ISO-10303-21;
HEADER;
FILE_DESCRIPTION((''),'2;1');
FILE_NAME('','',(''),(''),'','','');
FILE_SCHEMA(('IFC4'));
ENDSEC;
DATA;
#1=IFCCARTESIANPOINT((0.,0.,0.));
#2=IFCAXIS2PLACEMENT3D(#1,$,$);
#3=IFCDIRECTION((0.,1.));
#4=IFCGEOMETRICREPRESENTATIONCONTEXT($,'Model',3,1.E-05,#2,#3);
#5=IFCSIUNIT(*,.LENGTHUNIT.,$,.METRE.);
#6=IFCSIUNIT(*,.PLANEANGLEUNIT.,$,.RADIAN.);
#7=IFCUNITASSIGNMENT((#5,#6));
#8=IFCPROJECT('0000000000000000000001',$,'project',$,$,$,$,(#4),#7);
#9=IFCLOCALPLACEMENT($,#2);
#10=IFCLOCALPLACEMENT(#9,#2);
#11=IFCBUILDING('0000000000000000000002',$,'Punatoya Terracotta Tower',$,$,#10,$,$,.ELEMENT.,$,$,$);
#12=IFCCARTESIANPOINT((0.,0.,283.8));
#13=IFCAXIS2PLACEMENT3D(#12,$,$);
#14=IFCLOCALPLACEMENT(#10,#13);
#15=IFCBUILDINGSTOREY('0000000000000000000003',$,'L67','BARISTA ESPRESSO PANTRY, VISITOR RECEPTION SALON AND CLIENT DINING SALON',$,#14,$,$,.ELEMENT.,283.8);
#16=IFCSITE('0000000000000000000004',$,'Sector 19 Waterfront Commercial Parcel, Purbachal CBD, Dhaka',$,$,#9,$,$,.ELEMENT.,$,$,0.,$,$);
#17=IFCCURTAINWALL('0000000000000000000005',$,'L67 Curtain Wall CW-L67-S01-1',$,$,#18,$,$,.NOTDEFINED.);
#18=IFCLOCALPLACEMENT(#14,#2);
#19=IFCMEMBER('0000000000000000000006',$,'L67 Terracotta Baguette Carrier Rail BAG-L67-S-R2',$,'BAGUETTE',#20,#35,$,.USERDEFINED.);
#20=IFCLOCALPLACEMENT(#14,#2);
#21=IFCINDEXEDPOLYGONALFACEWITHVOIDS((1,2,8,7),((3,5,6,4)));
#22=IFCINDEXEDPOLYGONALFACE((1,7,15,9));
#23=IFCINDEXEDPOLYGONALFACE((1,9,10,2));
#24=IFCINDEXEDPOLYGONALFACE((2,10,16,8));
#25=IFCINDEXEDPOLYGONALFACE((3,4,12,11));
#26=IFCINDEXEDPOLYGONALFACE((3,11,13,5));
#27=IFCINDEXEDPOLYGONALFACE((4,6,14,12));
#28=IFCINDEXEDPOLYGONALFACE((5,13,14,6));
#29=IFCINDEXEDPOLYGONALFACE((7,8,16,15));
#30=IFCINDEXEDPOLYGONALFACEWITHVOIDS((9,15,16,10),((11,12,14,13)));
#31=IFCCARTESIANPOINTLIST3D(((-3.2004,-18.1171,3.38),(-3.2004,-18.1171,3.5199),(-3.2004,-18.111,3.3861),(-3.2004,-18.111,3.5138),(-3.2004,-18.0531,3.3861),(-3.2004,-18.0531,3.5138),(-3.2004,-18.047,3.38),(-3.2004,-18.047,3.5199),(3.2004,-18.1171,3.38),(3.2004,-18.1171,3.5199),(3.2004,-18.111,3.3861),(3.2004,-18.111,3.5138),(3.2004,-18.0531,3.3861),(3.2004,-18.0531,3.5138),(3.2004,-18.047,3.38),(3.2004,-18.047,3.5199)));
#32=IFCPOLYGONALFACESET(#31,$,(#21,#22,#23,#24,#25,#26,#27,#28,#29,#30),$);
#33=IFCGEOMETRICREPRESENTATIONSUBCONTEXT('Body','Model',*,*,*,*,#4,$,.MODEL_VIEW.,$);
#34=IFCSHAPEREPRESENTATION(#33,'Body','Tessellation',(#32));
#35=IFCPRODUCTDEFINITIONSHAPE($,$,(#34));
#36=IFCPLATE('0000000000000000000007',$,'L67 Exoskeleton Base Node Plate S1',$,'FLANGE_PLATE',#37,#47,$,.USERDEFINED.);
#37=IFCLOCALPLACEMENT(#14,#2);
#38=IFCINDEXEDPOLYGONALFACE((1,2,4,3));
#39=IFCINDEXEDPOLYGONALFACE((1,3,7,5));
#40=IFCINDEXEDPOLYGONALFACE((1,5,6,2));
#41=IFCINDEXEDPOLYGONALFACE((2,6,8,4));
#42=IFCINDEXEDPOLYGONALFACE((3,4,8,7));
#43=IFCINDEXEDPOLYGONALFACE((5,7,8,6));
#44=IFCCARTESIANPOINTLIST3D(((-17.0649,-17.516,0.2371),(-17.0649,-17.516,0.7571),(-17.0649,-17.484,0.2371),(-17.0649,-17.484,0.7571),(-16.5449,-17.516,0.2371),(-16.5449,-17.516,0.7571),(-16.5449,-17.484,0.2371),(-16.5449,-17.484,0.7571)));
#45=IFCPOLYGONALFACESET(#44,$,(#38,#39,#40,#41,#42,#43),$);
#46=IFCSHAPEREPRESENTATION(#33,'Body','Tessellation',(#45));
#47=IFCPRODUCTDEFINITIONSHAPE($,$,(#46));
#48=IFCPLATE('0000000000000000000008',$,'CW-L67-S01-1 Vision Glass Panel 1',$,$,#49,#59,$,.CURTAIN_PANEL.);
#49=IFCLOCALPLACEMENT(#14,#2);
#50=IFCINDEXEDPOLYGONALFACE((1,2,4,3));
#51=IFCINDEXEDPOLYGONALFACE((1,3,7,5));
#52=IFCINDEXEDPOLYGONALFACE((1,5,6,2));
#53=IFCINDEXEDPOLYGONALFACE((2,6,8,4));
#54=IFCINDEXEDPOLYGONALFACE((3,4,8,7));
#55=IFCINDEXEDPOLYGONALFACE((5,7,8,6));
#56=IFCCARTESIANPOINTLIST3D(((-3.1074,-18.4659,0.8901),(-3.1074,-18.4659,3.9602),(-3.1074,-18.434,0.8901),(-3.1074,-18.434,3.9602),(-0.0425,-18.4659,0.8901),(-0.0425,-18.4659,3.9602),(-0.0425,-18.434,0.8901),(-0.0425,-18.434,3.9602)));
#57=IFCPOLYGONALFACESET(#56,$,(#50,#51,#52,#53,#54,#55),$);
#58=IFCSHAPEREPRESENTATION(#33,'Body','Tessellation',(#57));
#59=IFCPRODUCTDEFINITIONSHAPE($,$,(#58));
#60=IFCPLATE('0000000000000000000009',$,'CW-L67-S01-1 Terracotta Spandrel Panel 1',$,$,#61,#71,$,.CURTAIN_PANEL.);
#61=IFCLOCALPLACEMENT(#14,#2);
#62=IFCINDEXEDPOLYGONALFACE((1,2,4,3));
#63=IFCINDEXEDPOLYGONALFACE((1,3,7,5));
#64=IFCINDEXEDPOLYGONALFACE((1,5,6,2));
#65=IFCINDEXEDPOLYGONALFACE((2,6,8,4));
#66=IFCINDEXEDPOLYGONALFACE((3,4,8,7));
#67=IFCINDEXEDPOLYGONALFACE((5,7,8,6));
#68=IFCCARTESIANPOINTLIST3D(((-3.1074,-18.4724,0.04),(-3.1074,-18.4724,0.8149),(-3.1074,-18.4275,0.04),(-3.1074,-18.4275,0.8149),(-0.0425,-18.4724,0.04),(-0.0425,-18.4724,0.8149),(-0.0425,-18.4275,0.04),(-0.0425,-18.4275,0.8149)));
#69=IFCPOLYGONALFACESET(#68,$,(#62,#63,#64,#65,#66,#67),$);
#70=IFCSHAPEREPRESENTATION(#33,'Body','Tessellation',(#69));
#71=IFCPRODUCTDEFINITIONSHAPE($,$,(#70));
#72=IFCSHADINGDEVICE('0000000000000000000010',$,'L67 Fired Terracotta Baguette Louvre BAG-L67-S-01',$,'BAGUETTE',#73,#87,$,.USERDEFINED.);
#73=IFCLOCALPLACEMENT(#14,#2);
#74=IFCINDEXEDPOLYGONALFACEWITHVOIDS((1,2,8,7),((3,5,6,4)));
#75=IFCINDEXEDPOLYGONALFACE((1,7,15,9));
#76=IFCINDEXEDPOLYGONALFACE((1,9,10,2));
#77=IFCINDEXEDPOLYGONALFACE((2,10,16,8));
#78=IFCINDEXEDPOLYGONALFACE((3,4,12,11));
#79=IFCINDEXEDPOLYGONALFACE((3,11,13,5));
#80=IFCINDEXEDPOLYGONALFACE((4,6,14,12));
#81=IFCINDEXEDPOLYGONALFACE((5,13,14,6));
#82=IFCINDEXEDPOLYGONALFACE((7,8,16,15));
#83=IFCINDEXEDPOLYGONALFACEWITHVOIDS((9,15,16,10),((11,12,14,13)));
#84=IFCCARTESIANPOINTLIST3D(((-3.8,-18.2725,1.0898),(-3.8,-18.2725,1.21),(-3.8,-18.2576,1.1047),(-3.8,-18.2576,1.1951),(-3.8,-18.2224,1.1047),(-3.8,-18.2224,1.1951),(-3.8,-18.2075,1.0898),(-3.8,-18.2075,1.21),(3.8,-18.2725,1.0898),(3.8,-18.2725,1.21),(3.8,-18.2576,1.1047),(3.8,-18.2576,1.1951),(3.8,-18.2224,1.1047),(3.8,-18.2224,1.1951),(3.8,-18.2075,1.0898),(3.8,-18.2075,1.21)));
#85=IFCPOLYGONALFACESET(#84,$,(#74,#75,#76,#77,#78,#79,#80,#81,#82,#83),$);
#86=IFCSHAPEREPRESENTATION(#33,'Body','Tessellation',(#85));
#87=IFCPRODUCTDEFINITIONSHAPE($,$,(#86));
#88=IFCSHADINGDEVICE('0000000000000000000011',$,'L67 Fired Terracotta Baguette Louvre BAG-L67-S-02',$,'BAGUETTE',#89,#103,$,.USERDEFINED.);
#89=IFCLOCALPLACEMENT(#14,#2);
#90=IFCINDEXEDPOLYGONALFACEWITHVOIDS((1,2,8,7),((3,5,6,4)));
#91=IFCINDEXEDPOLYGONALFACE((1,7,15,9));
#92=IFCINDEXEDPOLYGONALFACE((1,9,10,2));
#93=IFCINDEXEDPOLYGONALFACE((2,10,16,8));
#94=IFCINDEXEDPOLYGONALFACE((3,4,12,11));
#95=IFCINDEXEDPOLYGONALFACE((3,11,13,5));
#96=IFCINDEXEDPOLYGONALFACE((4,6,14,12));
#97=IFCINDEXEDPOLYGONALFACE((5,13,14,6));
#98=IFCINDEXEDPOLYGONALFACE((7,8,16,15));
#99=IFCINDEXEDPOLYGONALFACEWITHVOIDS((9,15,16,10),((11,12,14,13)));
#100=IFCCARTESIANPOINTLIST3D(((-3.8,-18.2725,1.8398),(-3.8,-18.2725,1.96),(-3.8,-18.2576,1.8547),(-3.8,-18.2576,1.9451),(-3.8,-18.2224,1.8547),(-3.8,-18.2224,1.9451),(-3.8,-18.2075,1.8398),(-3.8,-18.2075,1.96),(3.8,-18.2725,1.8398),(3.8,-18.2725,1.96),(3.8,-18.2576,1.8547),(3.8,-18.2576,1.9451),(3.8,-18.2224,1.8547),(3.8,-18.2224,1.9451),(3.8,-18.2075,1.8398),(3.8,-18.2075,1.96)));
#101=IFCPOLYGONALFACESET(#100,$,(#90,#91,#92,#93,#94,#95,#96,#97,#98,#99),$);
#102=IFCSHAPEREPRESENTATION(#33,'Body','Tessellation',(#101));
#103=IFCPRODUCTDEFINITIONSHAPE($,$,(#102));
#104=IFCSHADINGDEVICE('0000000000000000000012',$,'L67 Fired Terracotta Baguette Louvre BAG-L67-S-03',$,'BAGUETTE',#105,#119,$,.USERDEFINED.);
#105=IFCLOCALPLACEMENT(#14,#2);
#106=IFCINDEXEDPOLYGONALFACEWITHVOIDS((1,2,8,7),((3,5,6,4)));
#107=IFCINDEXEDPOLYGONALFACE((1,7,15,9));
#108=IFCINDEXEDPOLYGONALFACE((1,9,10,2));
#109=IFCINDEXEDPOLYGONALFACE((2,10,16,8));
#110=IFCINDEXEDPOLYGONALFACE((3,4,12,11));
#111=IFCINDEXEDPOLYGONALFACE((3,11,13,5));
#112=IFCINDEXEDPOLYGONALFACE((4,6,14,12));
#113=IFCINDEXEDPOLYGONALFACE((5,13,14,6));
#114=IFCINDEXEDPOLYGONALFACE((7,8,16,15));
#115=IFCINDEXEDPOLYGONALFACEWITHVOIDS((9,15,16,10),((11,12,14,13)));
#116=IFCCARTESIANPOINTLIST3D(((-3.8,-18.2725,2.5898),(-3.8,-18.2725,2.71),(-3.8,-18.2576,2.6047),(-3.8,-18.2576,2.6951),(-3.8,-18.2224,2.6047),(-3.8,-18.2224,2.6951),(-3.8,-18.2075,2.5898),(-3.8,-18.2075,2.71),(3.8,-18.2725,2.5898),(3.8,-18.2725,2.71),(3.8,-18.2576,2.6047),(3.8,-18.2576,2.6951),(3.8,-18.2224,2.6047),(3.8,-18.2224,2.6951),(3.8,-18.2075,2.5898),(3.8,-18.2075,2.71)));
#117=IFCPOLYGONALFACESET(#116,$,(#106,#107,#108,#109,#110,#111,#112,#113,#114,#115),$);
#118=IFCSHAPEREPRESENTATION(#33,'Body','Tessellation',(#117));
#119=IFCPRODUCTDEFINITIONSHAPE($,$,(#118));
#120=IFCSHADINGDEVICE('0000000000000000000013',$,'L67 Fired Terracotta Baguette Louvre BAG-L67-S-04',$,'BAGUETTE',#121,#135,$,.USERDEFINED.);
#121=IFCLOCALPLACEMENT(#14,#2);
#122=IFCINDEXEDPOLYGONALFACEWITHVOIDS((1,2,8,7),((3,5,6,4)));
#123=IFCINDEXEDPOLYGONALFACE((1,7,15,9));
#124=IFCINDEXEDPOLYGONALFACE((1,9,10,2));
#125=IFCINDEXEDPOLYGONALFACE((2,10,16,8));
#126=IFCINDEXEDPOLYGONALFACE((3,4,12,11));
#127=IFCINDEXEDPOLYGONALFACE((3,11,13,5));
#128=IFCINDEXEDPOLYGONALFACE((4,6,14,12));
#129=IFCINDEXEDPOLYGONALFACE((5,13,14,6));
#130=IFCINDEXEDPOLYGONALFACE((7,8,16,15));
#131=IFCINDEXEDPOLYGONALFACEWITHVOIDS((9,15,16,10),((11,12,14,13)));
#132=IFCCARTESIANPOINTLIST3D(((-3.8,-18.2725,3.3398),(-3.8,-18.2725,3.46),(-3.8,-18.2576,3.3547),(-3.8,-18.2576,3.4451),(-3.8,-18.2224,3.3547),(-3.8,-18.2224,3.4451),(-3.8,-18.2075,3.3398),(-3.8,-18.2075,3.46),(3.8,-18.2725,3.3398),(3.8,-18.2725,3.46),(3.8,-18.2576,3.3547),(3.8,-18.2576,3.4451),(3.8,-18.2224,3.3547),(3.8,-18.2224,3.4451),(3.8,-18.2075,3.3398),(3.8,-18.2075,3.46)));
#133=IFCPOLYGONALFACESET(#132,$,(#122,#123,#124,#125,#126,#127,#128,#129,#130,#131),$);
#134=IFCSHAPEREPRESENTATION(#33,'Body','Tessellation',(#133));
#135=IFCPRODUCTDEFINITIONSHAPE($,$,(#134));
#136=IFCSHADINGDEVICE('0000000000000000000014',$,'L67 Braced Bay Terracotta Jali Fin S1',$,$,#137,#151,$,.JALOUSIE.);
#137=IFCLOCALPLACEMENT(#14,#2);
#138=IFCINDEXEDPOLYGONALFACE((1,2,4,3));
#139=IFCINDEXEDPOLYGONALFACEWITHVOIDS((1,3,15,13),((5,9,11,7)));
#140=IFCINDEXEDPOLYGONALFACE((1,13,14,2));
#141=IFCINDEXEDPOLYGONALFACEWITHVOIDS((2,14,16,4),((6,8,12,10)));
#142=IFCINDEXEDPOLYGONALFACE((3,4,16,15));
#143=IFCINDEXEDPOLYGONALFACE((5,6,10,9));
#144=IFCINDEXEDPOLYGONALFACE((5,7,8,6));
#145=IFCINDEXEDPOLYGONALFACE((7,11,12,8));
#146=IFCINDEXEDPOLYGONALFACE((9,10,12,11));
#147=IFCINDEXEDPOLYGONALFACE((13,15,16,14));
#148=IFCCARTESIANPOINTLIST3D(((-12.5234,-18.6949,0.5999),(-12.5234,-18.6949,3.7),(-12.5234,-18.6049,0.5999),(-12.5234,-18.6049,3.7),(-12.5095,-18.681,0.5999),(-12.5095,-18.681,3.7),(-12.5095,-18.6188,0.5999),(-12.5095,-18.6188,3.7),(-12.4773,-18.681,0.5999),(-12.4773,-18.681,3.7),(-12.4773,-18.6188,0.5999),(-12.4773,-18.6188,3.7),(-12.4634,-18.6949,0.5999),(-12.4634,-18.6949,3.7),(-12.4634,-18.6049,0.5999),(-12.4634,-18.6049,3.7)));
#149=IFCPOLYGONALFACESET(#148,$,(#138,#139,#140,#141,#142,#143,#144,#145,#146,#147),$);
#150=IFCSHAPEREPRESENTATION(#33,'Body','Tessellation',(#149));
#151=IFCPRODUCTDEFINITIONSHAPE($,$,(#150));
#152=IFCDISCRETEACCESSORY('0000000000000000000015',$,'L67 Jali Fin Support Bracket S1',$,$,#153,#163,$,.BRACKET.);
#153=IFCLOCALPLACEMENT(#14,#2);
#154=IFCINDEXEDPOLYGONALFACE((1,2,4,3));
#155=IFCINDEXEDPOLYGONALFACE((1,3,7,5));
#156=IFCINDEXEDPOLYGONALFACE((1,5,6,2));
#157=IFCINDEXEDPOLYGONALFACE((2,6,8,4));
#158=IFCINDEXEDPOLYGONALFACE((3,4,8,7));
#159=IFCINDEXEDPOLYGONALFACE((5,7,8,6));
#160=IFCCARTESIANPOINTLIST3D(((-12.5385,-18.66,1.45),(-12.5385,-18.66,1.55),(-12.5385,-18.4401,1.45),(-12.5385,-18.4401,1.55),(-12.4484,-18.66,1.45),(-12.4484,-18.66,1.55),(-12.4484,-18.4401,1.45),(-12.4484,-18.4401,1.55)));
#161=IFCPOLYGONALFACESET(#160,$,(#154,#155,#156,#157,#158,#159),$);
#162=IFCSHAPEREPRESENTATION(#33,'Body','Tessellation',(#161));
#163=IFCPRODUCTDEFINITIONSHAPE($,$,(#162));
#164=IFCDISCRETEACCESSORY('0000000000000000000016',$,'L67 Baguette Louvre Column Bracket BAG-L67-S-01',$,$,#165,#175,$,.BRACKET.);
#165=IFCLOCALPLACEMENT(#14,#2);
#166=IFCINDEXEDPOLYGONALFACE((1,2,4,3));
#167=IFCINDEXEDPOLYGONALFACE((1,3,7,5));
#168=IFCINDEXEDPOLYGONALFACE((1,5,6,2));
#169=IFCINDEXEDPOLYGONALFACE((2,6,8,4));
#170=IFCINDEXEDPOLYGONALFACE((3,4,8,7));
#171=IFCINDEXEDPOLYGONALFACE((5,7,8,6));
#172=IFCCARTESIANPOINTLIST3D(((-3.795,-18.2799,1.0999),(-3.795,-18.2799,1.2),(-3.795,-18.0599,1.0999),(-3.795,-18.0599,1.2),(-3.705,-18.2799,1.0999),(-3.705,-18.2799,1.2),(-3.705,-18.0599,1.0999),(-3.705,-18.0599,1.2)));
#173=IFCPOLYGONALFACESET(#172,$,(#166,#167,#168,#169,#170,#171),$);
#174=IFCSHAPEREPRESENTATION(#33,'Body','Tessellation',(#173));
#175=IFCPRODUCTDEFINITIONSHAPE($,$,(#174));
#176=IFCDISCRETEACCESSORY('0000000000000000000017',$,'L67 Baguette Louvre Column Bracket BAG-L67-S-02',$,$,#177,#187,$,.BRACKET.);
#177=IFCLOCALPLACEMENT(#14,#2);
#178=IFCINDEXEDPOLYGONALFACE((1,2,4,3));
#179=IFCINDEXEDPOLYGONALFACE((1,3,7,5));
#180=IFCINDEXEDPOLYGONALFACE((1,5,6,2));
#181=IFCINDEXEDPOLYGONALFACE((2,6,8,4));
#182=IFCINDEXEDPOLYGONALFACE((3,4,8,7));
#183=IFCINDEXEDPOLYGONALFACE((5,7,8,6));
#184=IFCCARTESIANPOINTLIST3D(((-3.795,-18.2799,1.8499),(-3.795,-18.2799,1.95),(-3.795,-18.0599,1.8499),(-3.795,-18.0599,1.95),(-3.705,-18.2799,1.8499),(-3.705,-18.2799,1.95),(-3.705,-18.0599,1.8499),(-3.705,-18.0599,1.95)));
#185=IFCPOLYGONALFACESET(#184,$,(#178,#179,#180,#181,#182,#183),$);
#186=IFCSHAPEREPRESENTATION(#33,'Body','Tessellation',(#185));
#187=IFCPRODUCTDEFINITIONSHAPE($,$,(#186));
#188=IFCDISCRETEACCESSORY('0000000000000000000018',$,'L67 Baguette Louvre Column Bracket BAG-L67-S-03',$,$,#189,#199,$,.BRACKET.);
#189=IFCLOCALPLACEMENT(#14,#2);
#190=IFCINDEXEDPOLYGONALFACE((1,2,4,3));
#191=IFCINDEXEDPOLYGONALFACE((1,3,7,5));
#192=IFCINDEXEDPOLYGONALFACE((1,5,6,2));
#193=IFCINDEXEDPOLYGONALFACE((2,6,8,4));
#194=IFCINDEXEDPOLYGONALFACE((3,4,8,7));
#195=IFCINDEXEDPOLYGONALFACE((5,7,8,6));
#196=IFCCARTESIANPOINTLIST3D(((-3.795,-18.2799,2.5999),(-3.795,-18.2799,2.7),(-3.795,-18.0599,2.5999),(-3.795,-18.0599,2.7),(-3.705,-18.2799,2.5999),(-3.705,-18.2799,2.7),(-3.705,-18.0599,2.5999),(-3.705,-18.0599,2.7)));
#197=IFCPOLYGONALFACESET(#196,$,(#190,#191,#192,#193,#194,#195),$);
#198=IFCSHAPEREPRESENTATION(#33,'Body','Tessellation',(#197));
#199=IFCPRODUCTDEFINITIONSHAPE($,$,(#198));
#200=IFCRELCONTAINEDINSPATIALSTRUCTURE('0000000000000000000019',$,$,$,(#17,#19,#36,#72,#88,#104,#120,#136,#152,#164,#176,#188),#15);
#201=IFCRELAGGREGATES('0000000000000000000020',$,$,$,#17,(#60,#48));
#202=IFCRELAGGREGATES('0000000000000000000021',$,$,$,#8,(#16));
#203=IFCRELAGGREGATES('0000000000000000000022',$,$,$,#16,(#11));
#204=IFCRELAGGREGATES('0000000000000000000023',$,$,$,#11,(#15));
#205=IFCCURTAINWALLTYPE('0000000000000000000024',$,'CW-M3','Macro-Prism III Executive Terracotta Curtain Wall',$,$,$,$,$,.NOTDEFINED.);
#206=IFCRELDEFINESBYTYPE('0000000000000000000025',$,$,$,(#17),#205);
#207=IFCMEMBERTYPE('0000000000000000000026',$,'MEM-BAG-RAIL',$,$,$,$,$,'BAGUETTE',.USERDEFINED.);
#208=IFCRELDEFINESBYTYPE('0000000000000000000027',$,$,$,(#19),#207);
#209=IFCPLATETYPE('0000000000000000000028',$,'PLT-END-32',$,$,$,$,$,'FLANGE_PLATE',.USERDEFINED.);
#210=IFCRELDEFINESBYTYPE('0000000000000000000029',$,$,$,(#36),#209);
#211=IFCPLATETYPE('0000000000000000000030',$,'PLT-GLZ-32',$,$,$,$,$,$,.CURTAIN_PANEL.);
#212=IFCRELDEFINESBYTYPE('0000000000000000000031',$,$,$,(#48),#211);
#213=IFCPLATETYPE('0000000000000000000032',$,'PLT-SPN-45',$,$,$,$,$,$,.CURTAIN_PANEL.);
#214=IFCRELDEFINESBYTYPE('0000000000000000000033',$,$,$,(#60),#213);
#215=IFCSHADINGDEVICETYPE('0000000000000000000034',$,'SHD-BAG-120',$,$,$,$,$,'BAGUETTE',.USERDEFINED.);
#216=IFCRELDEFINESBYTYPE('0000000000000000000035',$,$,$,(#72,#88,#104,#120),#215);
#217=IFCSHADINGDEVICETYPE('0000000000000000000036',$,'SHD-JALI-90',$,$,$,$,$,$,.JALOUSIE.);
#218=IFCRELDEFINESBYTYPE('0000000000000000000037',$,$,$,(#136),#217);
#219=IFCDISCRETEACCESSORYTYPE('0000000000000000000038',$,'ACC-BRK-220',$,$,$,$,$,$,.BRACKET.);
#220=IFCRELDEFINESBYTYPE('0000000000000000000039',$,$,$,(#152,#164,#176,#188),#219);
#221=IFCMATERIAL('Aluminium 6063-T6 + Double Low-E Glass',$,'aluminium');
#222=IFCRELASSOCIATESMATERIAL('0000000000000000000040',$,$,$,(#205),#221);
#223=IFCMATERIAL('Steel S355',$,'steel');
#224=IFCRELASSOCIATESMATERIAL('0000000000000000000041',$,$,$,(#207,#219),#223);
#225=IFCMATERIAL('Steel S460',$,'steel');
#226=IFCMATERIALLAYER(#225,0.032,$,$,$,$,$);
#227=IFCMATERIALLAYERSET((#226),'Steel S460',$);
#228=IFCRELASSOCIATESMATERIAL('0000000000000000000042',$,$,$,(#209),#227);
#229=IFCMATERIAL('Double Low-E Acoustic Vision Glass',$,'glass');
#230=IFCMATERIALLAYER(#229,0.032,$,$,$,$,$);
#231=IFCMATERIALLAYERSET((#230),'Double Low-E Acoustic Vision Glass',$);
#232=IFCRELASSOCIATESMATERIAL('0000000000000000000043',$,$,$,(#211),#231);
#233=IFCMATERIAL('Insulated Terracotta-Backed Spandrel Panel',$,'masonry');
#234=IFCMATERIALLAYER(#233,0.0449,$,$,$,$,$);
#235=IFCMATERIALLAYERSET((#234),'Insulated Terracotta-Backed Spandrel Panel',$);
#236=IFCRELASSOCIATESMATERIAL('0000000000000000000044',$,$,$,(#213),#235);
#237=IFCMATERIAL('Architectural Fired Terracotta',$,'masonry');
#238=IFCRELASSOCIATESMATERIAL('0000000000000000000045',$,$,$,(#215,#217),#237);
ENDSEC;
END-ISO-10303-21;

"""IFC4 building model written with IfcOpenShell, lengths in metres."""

from ifc_helpers import new_model, si_unit, direction, frame, origin, origin_2d, place, context, subcontext, project, spatial, rectangle, hollow_rectangle, extrude, material, layer, layer_set, material_profile, profile_set, type_object, element, aggregate, save


model = new_model("IFC4")

# Units and contexts
model_context = context("Model", 3, precision=1e-05, world=origin(), true_north=direction((0.0, 1.0)))
body_context = subcontext(model_context, "Body", "Model", "MODEL_VIEW")
ifc_project = project(units=[si_unit("LENGTHUNIT", "METRE"), si_unit("PLANEANGLEUNIT", "RADIAN")], contexts=[model_context])

# Site, building, storey
site_placement = place(None, origin())
site = spatial("IfcSite", under=ifc_project, at=site_placement, Name="Sector 19 Waterfront Commercial Parcel, Purbachal CBD, Dhaka", CompositionType="ELEMENT", RefElevation=0.0)
building_placement = place(site_placement, origin())
building = spatial("IfcBuilding", under=site, at=building_placement, Name="Punatoya Terracotta Tower", CompositionType="ELEMENT")
storey_placement = place(building_placement, frame((0.0, 0.0, 283.8)))
storey = spatial("IfcBuildingStorey", under=building, at=storey_placement, Name="L67", Description="BARISTA ESPRESSO PANTRY, VISITOR RECEPTION SALON AND CLIENT DINING SALON", CompositionType="ELEMENT", Elevation=283.8)

# Shared definitions
ifc_material_1 = material(Name="Steel S355", Category="steel")
ifc_material_2 = material(Name="Steel S460", Category="steel")

# Curtain wall
ifc_material_3 = material(Name="Aluminium 6063-T6 + Double Low-E Glass", Category="aluminium")
curtain_wall_type = type_object("IfcCurtainWallType", Name="CW-M3", Description="Macro-Prism III Executive Terracotta Curtain Wall", PredefinedType="NOTDEFINED", material=ifc_material_3)
curtain_wall_placement = place(storey_placement, origin())
curtain_wall = element("IfcCurtainWall", 1, at=curtain_wall_placement, inside=storey, type_object=curtain_wall_type, Name="L67 Curtain Wall CW-L67-S01-1", PredefinedType="NOTDEFINED")

# Member
ifc_material_profile_1 = material_profile(ifc_material_1, hollow_rectangle(XDim=0.0701, YDim=0.1399, WallThickness=0.0061, at=origin_2d()))
ifc_profile_set_1 = profile_set([ifc_material_profile_1], Name="Steel S355")
member_type_1 = type_object("IfcMemberType", Name="MEM-BAG-RAIL", ElementType="BAGUETTE", PredefinedType="USERDEFINED", material=ifc_profile_set_1)
for number, where, z_axis, x_axis, name in (
    (2, (-3.2004, -18.082, 3.45), (1.0, 0.0, 0.0), (0.0, 1.0, 0.0), "L67 Terracotta Baguette Carrier Rail BAG-L67-S-R2"),
):
    element("IfcMember", number, at=place(storey_placement, frame(where, z_axis=z_axis, x_axis=x_axis)), inside=storey, type_object=member_type_1, Name=name, ObjectType="BAGUETTE", PredefinedType="USERDEFINED", context=body_context, shape_type="SweptSolid", body=[
        extrude(hollow_rectangle(XDim=0.0701, YDim=0.1399, WallThickness=0.0061, at=origin_2d()), origin(), (0.0, 0.0, 1.0), 6.4009),
    ])

# Plates
ifc_layer_1 = layer(ifc_material_2, 0.032)
ifc_layer_set_1 = layer_set([ifc_layer_1], Name="Steel S460")
plate_type_1 = type_object("IfcPlateType", Name="PLT-END-32", ElementType="FLANGE_PLATE", PredefinedType="USERDEFINED", material=ifc_layer_set_1)
plate_1_placement = place(storey_placement, frame((-16.8049, -17.5, 0.2371), z_axis=(0.0, 0.0, 1.0), x_axis=(1.0, 0.0, 0.0)))
element("IfcPlate", 3, at=plate_1_placement, inside=storey, type_object=plate_type_1, Name="L67 Exoskeleton Base Node Plate S1", ObjectType="FLANGE_PLATE", PredefinedType="USERDEFINED", context=body_context, shape_type="SweptSolid", body=[
    extrude(rectangle(XDim=0.52, YDim=0.032, at=origin_2d()), origin(), (0.0, 0.0, 1.0), 0.52),
])
ifc_material_4 = material(Name="Double Low-E Acoustic Vision Glass", Category="glass")
ifc_layer_2 = layer(ifc_material_4, 0.032)
ifc_layer_set_2 = layer_set([ifc_layer_2], Name="Double Low-E Acoustic Vision Glass")
plate_type_2 = type_object("IfcPlateType", Name="PLT-GLZ-32", PredefinedType="CURTAIN_PANEL", material=ifc_layer_set_2)
plate_2_placement = place(storey_placement, frame((-1.575, -18.45, 0.8901), z_axis=(0.0, 0.0, 1.0), x_axis=(1.0, 0.0, 0.0)))
plate_2 = element("IfcPlate", 4, at=plate_2_placement, type_object=plate_type_2, Name="CW-L67-S01-1 Vision Glass Panel 1", PredefinedType="CURTAIN_PANEL", context=body_context, shape_type="SweptSolid", body=[
    extrude(rectangle(XDim=3.0649, YDim=0.032, at=origin_2d()), origin(), (0.0, 0.0, 1.0), 3.0701),
])
ifc_material_5 = material(Name="Insulated Terracotta-Backed Spandrel Panel", Category="masonry")
ifc_layer_3 = layer(ifc_material_5, 0.0449)
ifc_layer_set_3 = layer_set([ifc_layer_3], Name="Insulated Terracotta-Backed Spandrel Panel")
plate_type_3 = type_object("IfcPlateType", Name="PLT-SPN-45", PredefinedType="CURTAIN_PANEL", material=ifc_layer_set_3)
plate_3_placement = place(storey_placement, frame((-1.575, -18.45, 0.04), z_axis=(0.0, 0.0, 1.0), x_axis=(1.0, 0.0, 0.0)))
plate_3 = element("IfcPlate", 5, at=plate_3_placement, type_object=plate_type_3, Name="CW-L67-S01-1 Terracotta Spandrel Panel 1", PredefinedType="CURTAIN_PANEL", context=body_context, shape_type="SweptSolid", body=[
    extrude(rectangle(XDim=3.0649, YDim=0.0449, at=origin_2d()), origin(), (0.0, 0.0, 1.0), 0.7749),
])
aggregate(curtain_wall, [plate_3, plate_2])

# Shading devices
ifc_material_6 = material(Name="Architectural Fired Terracotta", Category="masonry")
ifc_material_profile_2 = material_profile(ifc_material_6, hollow_rectangle(XDim=0.0649, YDim=0.1201, WallThickness=0.0149, at=origin_2d()))
ifc_profile_set_2 = profile_set([ifc_material_profile_2], Name="Architectural Fired Terracotta")
shading_device_type_1 = type_object("IfcShadingDeviceType", Name="SHD-BAG-120", ElementType="BAGUETTE", PredefinedType="USERDEFINED", material=ifc_profile_set_2)
for number, where, z_axis, x_axis, name in (
    (6, (-3.8, -18.24, 1.1499), (1.0, 0.0, 0.0), (0.0, 1.0, 0.0), "L67 Fired Terracotta Baguette Louvre BAG-L67-S-01"),
    (7, (-3.8, -18.24, 1.8999), (1.0, 0.0, 0.0), (0.0, 1.0, 0.0), "L67 Fired Terracotta Baguette Louvre BAG-L67-S-02"),
    (8, (-3.8, -18.24, 2.6499), (1.0, 0.0, 0.0), (0.0, 1.0, 0.0), "L67 Fired Terracotta Baguette Louvre BAG-L67-S-03"),
    (9, (-3.8, -18.24, 3.3999), (1.0, 0.0, 0.0), (0.0, 1.0, 0.0), "L67 Fired Terracotta Baguette Louvre BAG-L67-S-04"),
):
    element("IfcShadingDevice", number, at=place(storey_placement, frame(where, z_axis=z_axis, x_axis=x_axis)), inside=storey, type_object=shading_device_type_1, Name=name, ObjectType="BAGUETTE", PredefinedType="USERDEFINED", context=body_context, shape_type="SweptSolid", body=[
        extrude(hollow_rectangle(XDim=0.0649, YDim=0.1201, WallThickness=0.0149, at=origin_2d()), origin(), (0.0, 0.0, 1.0), 7.6001),
    ])
ifc_material_profile_3 = material_profile(ifc_material_6, hollow_rectangle(XDim=0.0601, YDim=0.0901, WallThickness=0.0139, at=origin_2d()))
ifc_profile_set_3 = profile_set([ifc_material_profile_3], Name="Architectural Fired Terracotta")
shading_device_type_2 = type_object("IfcShadingDeviceType", Name="SHD-JALI-90", PredefinedType="JALOUSIE", material=ifc_profile_set_3)
shading_device_placement = place(storey_placement, frame((-12.4934, -18.6499, 0.5999), z_axis=(0.0, 0.0, 1.0), x_axis=(1.0, 0.0, 0.0)))
element("IfcShadingDevice", 10, at=shading_device_placement, inside=storey, type_object=shading_device_type_2, Name="L67 Braced Bay Terracotta Jali Fin S1", PredefinedType="JALOUSIE", context=body_context, shape_type="SweptSolid", body=[
    extrude(hollow_rectangle(XDim=0.0601, YDim=0.0901, WallThickness=0.0139, at=origin_2d()), origin(), (0.0, 0.0, 1.0), 3.1001),
])

# Discrete accessories
discrete_accessory_type = type_object("IfcDiscreteAccessoryType", Name="ACC-BRK-220", PredefinedType="BRACKET", material=ifc_material_1)
for number, where, z_axis, x_axis, name in (
    (11, (-12.4934, -18.55, 1.45), (0.0, 0.0, 1.0), (1.0, 0.0, 0.0), "L67 Jali Fin Support Bracket S1"),
    (12, (-3.75, -18.1699, 1.0999), (0.0, 0.0, 1.0), (1.0, 0.0, 0.0), "L67 Baguette Louvre Column Bracket BAG-L67-S-01"),
    (13, (-3.75, -18.1699, 1.8499), (0.0, 0.0, 1.0), (1.0, 0.0, 0.0), "L67 Baguette Louvre Column Bracket BAG-L67-S-02"),
    (14, (-3.75, -18.1699, 2.5999), (0.0, 0.0, 1.0), (1.0, 0.0, 0.0), "L67 Baguette Louvre Column Bracket BAG-L67-S-03"),
):
    element("IfcDiscreteAccessory", number, at=place(storey_placement, frame(where, z_axis=z_axis, x_axis=x_axis)), inside=storey, type_object=discrete_accessory_type, Name=name, PredefinedType="BRACKET", context=body_context, shape_type="SweptSolid", body=[
        extrude(rectangle(XDim=0.0901, YDim=0.22, at=origin_2d()), origin(), (0.0, 0.0, 1.0), 0.1001),
    ])

save(model, "model.ifc")
